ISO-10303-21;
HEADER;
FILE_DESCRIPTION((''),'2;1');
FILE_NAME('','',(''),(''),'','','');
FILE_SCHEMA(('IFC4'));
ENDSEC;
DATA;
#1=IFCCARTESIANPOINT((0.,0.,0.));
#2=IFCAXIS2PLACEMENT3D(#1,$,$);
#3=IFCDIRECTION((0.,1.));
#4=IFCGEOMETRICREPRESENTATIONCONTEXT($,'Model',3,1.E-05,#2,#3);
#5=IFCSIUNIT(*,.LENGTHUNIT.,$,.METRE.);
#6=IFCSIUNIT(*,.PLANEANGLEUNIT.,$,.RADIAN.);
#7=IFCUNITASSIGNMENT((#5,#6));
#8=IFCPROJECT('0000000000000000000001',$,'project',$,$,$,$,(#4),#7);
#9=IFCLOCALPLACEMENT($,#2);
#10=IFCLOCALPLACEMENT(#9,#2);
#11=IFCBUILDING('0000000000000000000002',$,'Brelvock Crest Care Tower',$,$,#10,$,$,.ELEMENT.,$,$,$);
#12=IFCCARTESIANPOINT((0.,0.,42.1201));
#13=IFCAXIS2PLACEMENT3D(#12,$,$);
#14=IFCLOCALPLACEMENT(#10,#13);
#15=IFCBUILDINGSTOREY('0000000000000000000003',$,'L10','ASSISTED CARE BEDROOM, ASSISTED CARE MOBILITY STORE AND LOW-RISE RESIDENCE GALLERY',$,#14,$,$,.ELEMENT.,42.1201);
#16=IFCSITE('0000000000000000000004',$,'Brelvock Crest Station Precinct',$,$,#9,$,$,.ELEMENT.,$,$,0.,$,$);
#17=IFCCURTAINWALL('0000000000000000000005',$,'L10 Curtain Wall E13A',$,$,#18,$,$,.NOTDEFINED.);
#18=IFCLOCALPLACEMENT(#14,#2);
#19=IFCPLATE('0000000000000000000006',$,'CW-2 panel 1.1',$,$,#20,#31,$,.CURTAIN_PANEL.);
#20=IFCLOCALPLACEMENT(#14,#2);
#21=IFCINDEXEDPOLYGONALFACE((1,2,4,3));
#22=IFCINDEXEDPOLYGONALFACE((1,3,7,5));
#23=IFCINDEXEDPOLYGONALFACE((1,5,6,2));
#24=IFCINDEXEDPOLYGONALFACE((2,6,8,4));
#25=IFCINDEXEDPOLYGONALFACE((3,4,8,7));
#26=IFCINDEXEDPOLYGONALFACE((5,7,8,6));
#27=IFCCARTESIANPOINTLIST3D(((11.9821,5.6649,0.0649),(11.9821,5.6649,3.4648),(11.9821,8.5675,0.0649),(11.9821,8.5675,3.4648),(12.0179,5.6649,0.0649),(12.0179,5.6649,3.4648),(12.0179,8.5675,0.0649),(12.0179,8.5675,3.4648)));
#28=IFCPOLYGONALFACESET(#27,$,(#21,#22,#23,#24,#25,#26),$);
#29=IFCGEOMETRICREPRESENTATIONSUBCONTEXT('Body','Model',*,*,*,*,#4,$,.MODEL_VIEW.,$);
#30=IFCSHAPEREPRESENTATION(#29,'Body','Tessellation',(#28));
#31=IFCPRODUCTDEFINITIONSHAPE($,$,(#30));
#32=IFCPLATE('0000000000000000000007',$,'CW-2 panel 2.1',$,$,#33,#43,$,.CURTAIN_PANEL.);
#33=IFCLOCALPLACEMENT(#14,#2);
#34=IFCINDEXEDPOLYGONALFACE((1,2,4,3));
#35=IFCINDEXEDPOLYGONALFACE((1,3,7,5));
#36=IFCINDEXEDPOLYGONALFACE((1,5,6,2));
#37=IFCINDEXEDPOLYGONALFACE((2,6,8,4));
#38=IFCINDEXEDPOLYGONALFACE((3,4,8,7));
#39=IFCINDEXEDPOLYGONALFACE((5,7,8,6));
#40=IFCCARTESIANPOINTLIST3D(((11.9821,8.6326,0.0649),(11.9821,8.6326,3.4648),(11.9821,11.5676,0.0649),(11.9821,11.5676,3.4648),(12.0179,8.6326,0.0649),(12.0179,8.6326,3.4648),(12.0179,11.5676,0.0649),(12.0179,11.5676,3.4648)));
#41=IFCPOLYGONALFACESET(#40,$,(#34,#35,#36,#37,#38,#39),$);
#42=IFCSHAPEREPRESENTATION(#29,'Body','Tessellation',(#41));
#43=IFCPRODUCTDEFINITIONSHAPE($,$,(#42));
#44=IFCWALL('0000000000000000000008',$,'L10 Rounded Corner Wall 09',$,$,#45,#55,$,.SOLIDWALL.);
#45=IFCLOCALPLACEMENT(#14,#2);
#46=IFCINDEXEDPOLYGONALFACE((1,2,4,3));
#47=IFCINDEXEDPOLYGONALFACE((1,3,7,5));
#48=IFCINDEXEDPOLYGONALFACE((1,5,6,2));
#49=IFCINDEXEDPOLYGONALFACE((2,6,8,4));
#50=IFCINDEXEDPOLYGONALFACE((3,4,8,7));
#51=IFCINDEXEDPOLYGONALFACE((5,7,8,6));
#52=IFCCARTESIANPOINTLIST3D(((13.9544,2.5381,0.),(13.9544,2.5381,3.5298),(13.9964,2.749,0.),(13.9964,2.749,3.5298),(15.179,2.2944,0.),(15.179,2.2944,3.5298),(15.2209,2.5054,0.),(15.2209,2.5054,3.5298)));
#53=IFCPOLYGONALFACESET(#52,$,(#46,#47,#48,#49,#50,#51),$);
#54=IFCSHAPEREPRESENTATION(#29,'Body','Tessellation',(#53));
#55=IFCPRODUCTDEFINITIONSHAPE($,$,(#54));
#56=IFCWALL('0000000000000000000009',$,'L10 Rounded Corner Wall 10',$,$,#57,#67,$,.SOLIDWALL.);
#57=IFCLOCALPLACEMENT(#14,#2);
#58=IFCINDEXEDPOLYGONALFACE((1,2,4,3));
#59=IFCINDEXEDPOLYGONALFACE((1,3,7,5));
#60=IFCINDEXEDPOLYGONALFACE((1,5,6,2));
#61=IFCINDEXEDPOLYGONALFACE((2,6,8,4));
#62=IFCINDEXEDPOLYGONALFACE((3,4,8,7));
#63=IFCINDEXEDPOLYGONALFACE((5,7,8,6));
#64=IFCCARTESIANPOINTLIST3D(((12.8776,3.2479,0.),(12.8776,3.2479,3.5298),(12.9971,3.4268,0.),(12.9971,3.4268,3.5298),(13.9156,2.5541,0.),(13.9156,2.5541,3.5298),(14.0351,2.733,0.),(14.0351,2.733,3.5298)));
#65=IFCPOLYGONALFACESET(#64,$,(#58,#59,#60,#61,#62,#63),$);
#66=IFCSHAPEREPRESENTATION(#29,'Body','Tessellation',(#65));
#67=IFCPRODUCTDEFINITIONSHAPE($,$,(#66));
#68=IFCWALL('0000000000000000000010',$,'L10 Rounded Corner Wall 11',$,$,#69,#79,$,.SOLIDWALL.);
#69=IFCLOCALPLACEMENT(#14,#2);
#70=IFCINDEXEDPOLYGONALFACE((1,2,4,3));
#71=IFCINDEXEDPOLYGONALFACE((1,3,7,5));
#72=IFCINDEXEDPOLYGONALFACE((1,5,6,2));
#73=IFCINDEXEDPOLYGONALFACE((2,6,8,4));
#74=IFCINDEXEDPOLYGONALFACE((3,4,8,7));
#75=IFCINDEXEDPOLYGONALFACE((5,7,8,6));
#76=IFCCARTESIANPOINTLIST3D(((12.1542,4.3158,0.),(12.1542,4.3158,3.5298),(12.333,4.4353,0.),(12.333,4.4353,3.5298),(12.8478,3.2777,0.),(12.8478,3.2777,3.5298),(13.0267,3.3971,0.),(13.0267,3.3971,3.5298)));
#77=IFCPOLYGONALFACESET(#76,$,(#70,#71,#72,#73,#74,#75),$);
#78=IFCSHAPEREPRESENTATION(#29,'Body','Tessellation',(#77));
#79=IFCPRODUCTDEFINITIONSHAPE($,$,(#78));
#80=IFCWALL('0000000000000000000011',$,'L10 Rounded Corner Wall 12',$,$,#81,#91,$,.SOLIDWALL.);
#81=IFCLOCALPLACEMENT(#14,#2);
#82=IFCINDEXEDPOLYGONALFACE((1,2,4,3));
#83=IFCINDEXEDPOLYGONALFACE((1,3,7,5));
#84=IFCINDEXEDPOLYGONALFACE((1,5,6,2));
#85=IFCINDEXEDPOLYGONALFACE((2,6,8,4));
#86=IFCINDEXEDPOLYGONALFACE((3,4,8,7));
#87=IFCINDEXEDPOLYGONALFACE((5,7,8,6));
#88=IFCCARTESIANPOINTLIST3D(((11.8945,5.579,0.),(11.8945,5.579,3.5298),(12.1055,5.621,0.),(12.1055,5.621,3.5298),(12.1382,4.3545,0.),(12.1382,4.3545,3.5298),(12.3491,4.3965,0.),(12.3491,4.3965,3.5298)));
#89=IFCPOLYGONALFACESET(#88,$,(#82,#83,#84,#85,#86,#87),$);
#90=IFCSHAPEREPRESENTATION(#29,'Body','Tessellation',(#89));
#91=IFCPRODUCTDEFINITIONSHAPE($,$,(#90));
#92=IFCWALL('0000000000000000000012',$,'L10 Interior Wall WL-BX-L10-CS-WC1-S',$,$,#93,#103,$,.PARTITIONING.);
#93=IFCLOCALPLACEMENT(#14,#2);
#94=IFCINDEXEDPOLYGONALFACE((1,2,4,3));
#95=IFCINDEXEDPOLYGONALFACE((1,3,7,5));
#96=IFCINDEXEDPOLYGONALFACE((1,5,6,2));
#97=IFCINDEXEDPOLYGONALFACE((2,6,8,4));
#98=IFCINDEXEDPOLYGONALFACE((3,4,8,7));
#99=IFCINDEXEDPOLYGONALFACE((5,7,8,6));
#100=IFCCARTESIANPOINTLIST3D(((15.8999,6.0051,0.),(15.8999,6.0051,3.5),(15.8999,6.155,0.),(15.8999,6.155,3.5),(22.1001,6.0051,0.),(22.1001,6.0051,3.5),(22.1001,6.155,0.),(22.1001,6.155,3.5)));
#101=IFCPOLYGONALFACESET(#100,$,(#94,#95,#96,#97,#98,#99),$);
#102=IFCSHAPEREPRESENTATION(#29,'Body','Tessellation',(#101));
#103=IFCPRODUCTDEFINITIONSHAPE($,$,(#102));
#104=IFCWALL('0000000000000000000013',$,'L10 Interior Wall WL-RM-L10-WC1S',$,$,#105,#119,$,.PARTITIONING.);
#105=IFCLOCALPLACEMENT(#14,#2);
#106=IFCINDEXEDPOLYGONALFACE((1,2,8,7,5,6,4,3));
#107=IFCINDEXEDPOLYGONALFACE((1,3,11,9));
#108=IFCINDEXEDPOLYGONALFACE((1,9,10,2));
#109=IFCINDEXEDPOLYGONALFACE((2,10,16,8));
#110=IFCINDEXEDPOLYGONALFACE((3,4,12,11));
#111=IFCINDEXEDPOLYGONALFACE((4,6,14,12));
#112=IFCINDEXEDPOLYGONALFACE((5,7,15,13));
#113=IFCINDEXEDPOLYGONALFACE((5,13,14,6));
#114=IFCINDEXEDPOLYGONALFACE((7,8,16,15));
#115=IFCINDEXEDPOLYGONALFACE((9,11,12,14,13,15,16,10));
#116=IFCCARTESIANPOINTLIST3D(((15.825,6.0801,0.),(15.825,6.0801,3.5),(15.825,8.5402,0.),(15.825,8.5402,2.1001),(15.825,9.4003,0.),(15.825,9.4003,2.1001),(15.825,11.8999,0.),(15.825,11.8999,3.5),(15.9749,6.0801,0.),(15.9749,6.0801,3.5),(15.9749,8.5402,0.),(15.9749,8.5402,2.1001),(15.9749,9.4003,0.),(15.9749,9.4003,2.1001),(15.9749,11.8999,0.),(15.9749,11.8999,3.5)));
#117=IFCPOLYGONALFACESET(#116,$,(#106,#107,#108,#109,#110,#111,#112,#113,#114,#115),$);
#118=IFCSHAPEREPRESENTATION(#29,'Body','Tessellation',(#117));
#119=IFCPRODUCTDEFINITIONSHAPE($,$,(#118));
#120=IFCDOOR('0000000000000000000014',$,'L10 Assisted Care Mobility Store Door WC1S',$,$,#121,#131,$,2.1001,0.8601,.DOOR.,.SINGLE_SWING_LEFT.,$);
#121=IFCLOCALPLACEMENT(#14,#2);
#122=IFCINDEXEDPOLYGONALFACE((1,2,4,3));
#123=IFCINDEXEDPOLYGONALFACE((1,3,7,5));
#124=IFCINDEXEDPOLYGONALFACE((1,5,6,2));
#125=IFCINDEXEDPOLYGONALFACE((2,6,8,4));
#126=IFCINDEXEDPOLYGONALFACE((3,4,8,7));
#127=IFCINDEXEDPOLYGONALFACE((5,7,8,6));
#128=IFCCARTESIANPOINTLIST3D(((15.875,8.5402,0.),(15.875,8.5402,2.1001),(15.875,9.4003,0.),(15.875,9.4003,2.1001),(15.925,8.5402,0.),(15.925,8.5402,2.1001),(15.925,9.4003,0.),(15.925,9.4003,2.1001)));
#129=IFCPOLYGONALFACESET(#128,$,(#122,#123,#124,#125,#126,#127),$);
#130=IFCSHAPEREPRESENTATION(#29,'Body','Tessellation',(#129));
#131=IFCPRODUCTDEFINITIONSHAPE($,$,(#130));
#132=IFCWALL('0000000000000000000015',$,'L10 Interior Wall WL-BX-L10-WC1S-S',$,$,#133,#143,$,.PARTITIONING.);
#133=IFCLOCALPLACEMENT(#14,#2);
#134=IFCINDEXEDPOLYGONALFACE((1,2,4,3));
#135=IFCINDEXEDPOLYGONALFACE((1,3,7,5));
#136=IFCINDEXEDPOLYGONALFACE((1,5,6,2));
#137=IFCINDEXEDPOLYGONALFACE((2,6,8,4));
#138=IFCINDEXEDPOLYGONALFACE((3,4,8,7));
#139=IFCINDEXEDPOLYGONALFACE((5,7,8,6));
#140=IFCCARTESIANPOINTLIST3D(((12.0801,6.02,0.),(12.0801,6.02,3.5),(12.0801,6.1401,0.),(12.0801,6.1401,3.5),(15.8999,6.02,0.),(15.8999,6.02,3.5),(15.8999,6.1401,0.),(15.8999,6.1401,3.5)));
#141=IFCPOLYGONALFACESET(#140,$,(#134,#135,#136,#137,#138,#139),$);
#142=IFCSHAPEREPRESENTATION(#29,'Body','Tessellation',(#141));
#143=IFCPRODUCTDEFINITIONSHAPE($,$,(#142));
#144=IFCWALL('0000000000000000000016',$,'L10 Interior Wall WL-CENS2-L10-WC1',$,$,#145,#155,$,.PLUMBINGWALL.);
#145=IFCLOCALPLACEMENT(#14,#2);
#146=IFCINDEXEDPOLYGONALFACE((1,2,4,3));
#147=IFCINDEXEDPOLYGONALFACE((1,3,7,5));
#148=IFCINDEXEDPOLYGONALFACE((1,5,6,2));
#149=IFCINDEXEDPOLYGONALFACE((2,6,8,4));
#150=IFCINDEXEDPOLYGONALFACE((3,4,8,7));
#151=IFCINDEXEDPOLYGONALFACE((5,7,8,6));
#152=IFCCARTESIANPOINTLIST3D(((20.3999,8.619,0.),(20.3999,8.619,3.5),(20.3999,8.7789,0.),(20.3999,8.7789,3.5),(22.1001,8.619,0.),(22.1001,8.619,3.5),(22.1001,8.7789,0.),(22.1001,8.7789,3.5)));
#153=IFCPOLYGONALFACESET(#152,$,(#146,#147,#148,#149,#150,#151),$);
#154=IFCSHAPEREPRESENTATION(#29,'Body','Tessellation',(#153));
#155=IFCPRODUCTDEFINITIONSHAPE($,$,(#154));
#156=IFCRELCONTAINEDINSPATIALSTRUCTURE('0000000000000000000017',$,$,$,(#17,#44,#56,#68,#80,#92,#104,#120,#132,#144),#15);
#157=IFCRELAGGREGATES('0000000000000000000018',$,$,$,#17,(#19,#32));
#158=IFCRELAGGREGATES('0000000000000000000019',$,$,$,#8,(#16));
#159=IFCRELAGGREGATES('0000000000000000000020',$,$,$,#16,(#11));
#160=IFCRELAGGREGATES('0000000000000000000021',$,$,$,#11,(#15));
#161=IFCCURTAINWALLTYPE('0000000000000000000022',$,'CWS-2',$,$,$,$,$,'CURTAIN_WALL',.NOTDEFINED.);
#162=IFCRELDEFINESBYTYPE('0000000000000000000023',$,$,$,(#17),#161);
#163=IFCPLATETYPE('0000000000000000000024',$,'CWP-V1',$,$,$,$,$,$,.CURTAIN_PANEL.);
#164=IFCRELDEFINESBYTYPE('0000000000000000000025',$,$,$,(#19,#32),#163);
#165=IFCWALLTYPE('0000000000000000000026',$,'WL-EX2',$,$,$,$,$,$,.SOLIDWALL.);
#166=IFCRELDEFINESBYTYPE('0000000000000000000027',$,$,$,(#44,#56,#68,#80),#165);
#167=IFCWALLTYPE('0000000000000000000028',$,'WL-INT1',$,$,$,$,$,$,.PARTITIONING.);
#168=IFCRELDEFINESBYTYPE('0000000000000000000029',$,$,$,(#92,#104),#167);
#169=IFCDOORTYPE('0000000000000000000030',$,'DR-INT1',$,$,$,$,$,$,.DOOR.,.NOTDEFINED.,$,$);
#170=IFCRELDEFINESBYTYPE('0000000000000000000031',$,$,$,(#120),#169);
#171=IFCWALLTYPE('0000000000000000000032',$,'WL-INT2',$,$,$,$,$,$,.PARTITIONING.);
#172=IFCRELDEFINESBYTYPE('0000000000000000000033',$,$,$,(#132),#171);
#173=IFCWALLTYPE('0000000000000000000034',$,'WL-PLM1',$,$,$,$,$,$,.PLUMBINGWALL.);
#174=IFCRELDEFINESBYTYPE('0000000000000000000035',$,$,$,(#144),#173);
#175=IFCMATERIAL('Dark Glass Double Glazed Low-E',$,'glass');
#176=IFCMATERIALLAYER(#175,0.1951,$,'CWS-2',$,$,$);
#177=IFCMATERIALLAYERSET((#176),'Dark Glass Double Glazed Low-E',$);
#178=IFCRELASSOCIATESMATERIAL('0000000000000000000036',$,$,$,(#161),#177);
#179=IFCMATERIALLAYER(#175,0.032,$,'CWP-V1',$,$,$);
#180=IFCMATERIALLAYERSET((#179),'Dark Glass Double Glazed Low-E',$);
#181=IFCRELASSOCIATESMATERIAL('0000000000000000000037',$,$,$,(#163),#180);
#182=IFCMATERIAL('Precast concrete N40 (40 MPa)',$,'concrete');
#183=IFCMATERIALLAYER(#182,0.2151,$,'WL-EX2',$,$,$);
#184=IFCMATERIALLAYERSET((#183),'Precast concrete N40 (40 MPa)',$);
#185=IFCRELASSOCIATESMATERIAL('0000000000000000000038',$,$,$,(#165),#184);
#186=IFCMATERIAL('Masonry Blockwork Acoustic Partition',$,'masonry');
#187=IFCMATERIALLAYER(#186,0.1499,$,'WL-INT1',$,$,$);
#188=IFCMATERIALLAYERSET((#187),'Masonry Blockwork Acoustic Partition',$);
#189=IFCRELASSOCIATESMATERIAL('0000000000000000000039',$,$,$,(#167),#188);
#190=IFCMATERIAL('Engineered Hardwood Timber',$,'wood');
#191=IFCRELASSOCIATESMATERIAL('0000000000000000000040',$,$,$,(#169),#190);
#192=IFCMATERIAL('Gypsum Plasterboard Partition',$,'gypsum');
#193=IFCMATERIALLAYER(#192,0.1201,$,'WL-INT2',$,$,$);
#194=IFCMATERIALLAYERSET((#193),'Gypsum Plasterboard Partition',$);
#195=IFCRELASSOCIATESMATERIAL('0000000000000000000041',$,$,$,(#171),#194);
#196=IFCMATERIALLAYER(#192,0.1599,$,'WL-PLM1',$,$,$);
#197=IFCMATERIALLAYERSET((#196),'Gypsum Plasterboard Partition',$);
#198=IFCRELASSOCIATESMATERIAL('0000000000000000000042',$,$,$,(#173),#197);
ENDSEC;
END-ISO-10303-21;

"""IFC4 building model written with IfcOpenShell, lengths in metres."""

from ifc_helpers import new_model, si_unit, direction, frame, frame_2d, origin, origin_2d, place, context, subcontext, project, spatial, rectangle, extrude, source, transform, mapped, material, layer, layer_set, type_object, element, fill, aggregate, save


model = new_model("IFC4")

# Units and contexts
model_context = context("Model", 3, precision=1e-05, world=origin(), true_north=direction((0.0, 1.0)))
body_context = subcontext(model_context, "Body", "Model", "MODEL_VIEW")
ifc_project = project(units=[si_unit("LENGTHUNIT", "METRE"), si_unit("PLANEANGLEUNIT", "RADIAN")], contexts=[model_context])

# Site, building, storey
site_placement = place(None, origin())
site = spatial("IfcSite", under=ifc_project, at=site_placement, Name="Brelvock Crest Station Precinct", CompositionType="ELEMENT", RefElevation=0.0)
building_placement = place(site_placement, origin())
building = spatial("IfcBuilding", under=site, at=building_placement, Name="Brelvock Crest Care Tower", CompositionType="ELEMENT")
storey_placement = place(building_placement, frame((0.0, 0.0, 42.1201)))
storey = spatial("IfcBuildingStorey", under=building, at=storey_placement, Name="L10", Description="ASSISTED CARE BEDROOM, ASSISTED CARE MOBILITY STORE AND LOW-RISE RESIDENCE GALLERY", CompositionType="ELEMENT", Elevation=42.1201)

# Curtain wall
ifc_material_1 = material(Name="Dark Glass Double Glazed Low-E", Category="glass")
ifc_layer_1 = layer(ifc_material_1, 0.1951, Name="CWS-2")
ifc_layer_set_1 = layer_set([ifc_layer_1], Name="Dark Glass Double Glazed Low-E")
curtain_wall_type = type_object("IfcCurtainWallType", Name="CWS-2", ElementType="CURTAIN_WALL", PredefinedType="NOTDEFINED", material=ifc_layer_set_1)
curtain_wall_1_placement = place(storey_placement, origin())
curtain_wall_1 = element("IfcCurtainWall", 1, at=curtain_wall_1_placement, inside=storey, type_object=curtain_wall_type, Name="L10 Curtain Wall E13A", PredefinedType="NOTDEFINED")

# Plates
ifc_layer_2 = layer(ifc_material_1, 0.032, Name="CWP-V1")
ifc_layer_set_2 = layer_set([ifc_layer_2], Name="Dark Glass Double Glazed Low-E")
plate_type = type_object("IfcPlateType", Name="CWP-V1", PredefinedType="CURTAIN_PANEL", material=ifc_layer_set_2)
shared_shape_1 = source(origin(), body_context, "Body", "SweptSolid", [
    extrude(rectangle(XDim=2.9026, YDim=0.0359, at=origin_2d()), origin(), (0.0, 0.0, 1.0), 3.3999),
])
plate_1_placement = place(storey_placement, frame((12.0, 7.1162, 0.0649), z_axis=(0.0, 0.0, 1.0), x_axis=(0.0, 1.0, 0.0)))
plate_1 = element("IfcPlate", 2, at=plate_1_placement, type_object=plate_type, Name="CW-2 panel 1.1", PredefinedType="CURTAIN_PANEL", context=body_context, shape_type="MappedRepresentation", body=[
    mapped(shared_shape_1, transform((0.0, 0.0, 0.0), x_axis=(1.0, 0.0, 0.0), y_axis=(0.0, 1.0, 0.0), z_axis=(0.0, 0.0, 1.0), scale=1.0)),
])
shared_shape_2 = source(origin(), body_context, "Body", "SweptSolid", [
    extrude(rectangle(XDim=2.9351, YDim=0.0359, at=origin_2d()), origin(), (0.0, 0.0, 1.0), 3.3999),
])
plate_2_placement = place(storey_placement, frame((12.0, 10.1001, 0.0649), z_axis=(0.0, 0.0, 1.0), x_axis=(0.0, 1.0, 0.0)))
plate_2 = element("IfcPlate", 3, at=plate_2_placement, type_object=plate_type, Name="CW-2 panel 2.1", PredefinedType="CURTAIN_PANEL", context=body_context, shape_type="MappedRepresentation", body=[
    mapped(shared_shape_2, transform((0.0, 0.0, 0.0), x_axis=(1.0, 0.0, 0.0), y_axis=(0.0, 1.0, 0.0), z_axis=(0.0, 0.0, 1.0), scale=1.0)),
])
aggregate(curtain_wall_1, [plate_1, plate_2])

# Walls
ifc_material_2 = material(Name="Precast concrete N40 (40 MPa)", Category="concrete")
ifc_layer_3 = layer(ifc_material_2, 0.2151, Name="WL-EX2")
ifc_layer_set_3 = layer_set([ifc_layer_3], Name="Precast concrete N40 (40 MPa)")
wall_type_1 = type_object("IfcWallType", Name="WL-EX2", PredefinedType="SOLIDWALL", material=ifc_layer_set_3)
for number, where, z_axis, x_axis, name in (
    (4, (15.2, 2.3999, 0.0), (0.0, 0.0, 1.0), (-0.980776, 0.195138, 0.0), "L10 Rounded Corner Wall 09"),
    (5, (13.9753, 2.6436, 0.0), (0.0, 0.0, 1.0), (-0.831388, 0.555692, 0.0), "L10 Rounded Corner Wall 10"),
    (6, (12.9373, 3.3374, 0.0), (0.0, 0.0, 1.0), (-0.555557, 0.831478, 0.0), "L10 Rounded Corner Wall 11"),
    (7, (12.2437, 4.3755, 0.0), (0.0, 0.0, 1.0), (-0.195138, 0.980776, 0.0), "L10 Rounded Corner Wall 12"),
):
    element("IfcWall", number, at=place(storey_placement, frame(where, z_axis=z_axis, x_axis=x_axis)), inside=storey, type_object=wall_type_1, Name=name, PredefinedType="SOLIDWALL", context=body_context, shape_type="SweptSolid", body=[
        extrude(rectangle(XDim=1.2485, YDim=0.2151, at=frame_2d((0.6243, 0.0))), origin(), (0.0, 0.0, 1.0), 3.5298),
    ])
ifc_material_3 = material(Name="Masonry Blockwork Acoustic Partition", Category="masonry")
ifc_layer_4 = layer(ifc_material_3, 0.1499, Name="WL-INT1")
ifc_layer_set_4 = layer_set([ifc_layer_4], Name="Masonry Blockwork Acoustic Partition")
wall_type_2 = type_object("IfcWallType", Name="WL-INT1", PredefinedType="PARTITIONING", material=ifc_layer_set_4)
wall_1_placement = place(storey_placement, frame((15.8999, 6.0801, 0.0), z_axis=(0.0, 0.0, 1.0), x_axis=(1.0, 0.0, 0.0)))
element("IfcWall", 8, at=wall_1_placement, inside=storey, type_object=wall_type_2, Name="L10 Interior Wall WL-BX-L10-CS-WC1-S", PredefinedType="PARTITIONING", context=body_context, shape_type="SweptSolid", body=[
    extrude(rectangle(XDim=6.2002, YDim=0.1499, at=frame_2d((3.1001, 0.0))), origin(), (0.0, 0.0, 1.0), 3.5),
])

# Wall, opening, door
wall_2_placement = place(storey_placement, frame((15.8999, 6.0801, 0.0), z_axis=(0.0, 0.0, 1.0), x_axis=(0.0, 1.0, 0.0)))
wall_2 = element("IfcWall", 9, at=wall_2_placement, inside=storey, type_object=wall_type_2, Name="L10 Interior Wall WL-RM-L10-WC1S", PredefinedType="PARTITIONING", context=body_context, shape_type="SweptSolid", body=[
    extrude(rectangle(XDim=5.8198, YDim=0.1499, at=frame_2d((2.9099, 0.0))), origin(), (0.0, 0.0, 1.0), 3.5),
])
opening_1_placement = place(wall_2_placement, frame((2.46, 0.0, 0.0)))
opening_1 = element("IfcOpeningElement", 10, at=opening_1_placement, cuts=wall_2, PredefinedType="OPENING", context=body_context, shape_type="SweptSolid", body=[
    extrude(rectangle(XDim=0.8601, YDim=2.1001, at=origin_2d()), frame((0.4302, 0.085, 1.05), z_axis=(0.0, -1.0, 0.0), x_axis=(1.0, 0.0, 0.0)), (0.0, 0.0, 1.0), 0.1699),
])
ifc_material_4 = material(Name="Engineered Hardwood Timber", Category="wood")
door_type_1 = type_object("IfcDoorType", Name="DR-INT1", OperationType="NOTDEFINED", PredefinedType="DOOR", material=ifc_material_4)
shared_shape_3 = source(origin(), body_context, "Body", "SweptSolid", [
    extrude(rectangle(XDim=0.8601, YDim=2.1001, at=origin_2d()), frame((0.4302, 0.0249, 1.05), z_axis=(0.0, -1.0, 0.0), x_axis=(1.0, 0.0, 0.0)), (0.0, 0.0, 1.0), 0.05),
])
door_1_placement = place(opening_1_placement, origin())
door_1 = element("IfcDoor", 11, at=door_1_placement, inside=storey, type_object=door_type_1, Name="L10 Assisted Care Mobility Store Door WC1S", OperationType="SINGLE_SWING_LEFT", OverallHeight=2.1001, OverallWidth=0.8601, PredefinedType="DOOR", context=body_context, shape_type="MappedRepresentation", body=[
    mapped(shared_shape_3, transform((0.0, 0.0, 0.0), x_axis=(1.0, 0.0, 0.0), y_axis=(0.0, 1.0, 0.0), z_axis=(0.0, 0.0, 1.0), scale=1.0)),
])
fill(opening_1, door_1)

# Walls
ifc_material_5 = material(Name="Gypsum Plasterboard Partition", Category="gypsum")
ifc_layer_5 = layer(ifc_material_5, 0.1201, Name="WL-INT2")
ifc_layer_set_5 = layer_set([ifc_layer_5], Name="Gypsum Plasterboard Partition")
wall_type_3 = type_object("IfcWallType", Name="WL-INT2", PredefinedType="PARTITIONING", material=ifc_layer_set_5)
wall_3_placement = place(storey_placement, frame((12.0801, 6.0801, 0.0), z_axis=(0.0, 0.0, 1.0), x_axis=(1.0, 0.0, 0.0)))
element("IfcWall", 12, at=wall_3_placement, inside=storey, type_object=wall_type_3, Name="L10 Interior Wall WL-BX-L10-WC1S-S", PredefinedType="PARTITIONING", context=body_context, shape_type="SweptSolid", body=[
    extrude(rectangle(XDim=3.8198, YDim=0.1201, at=frame_2d((1.9099, 0.0))), origin(), (0.0, 0.0, 1.0), 3.5),
])
ifc_layer_6 = layer(ifc_material_5, 0.1599, Name="WL-PLM1")
ifc_layer_set_6 = layer_set([ifc_layer_6], Name="Gypsum Plasterboard Partition")
wall_type_4 = type_object("IfcWallType", Name="WL-PLM1", PredefinedType="PLUMBINGWALL", material=ifc_layer_set_6)
wall_4_placement = place(storey_placement, frame((20.3999, 8.699, 0.0), z_axis=(0.0, 0.0, 1.0), x_axis=(1.0, 0.0, 0.0)))
element("IfcWall", 13, at=wall_4_placement, inside=storey, type_object=wall_type_4, Name="L10 Interior Wall WL-CENS2-L10-WC1", PredefinedType="PLUMBINGWALL", context=body_context, shape_type="SweptSolid", body=[
    extrude(rectangle(XDim=1.7002, YDim=0.1599, at=frame_2d((0.8501, 0.0))), origin(), (0.0, 0.0, 1.0), 3.5),
])

save(model, "model.ifc")
